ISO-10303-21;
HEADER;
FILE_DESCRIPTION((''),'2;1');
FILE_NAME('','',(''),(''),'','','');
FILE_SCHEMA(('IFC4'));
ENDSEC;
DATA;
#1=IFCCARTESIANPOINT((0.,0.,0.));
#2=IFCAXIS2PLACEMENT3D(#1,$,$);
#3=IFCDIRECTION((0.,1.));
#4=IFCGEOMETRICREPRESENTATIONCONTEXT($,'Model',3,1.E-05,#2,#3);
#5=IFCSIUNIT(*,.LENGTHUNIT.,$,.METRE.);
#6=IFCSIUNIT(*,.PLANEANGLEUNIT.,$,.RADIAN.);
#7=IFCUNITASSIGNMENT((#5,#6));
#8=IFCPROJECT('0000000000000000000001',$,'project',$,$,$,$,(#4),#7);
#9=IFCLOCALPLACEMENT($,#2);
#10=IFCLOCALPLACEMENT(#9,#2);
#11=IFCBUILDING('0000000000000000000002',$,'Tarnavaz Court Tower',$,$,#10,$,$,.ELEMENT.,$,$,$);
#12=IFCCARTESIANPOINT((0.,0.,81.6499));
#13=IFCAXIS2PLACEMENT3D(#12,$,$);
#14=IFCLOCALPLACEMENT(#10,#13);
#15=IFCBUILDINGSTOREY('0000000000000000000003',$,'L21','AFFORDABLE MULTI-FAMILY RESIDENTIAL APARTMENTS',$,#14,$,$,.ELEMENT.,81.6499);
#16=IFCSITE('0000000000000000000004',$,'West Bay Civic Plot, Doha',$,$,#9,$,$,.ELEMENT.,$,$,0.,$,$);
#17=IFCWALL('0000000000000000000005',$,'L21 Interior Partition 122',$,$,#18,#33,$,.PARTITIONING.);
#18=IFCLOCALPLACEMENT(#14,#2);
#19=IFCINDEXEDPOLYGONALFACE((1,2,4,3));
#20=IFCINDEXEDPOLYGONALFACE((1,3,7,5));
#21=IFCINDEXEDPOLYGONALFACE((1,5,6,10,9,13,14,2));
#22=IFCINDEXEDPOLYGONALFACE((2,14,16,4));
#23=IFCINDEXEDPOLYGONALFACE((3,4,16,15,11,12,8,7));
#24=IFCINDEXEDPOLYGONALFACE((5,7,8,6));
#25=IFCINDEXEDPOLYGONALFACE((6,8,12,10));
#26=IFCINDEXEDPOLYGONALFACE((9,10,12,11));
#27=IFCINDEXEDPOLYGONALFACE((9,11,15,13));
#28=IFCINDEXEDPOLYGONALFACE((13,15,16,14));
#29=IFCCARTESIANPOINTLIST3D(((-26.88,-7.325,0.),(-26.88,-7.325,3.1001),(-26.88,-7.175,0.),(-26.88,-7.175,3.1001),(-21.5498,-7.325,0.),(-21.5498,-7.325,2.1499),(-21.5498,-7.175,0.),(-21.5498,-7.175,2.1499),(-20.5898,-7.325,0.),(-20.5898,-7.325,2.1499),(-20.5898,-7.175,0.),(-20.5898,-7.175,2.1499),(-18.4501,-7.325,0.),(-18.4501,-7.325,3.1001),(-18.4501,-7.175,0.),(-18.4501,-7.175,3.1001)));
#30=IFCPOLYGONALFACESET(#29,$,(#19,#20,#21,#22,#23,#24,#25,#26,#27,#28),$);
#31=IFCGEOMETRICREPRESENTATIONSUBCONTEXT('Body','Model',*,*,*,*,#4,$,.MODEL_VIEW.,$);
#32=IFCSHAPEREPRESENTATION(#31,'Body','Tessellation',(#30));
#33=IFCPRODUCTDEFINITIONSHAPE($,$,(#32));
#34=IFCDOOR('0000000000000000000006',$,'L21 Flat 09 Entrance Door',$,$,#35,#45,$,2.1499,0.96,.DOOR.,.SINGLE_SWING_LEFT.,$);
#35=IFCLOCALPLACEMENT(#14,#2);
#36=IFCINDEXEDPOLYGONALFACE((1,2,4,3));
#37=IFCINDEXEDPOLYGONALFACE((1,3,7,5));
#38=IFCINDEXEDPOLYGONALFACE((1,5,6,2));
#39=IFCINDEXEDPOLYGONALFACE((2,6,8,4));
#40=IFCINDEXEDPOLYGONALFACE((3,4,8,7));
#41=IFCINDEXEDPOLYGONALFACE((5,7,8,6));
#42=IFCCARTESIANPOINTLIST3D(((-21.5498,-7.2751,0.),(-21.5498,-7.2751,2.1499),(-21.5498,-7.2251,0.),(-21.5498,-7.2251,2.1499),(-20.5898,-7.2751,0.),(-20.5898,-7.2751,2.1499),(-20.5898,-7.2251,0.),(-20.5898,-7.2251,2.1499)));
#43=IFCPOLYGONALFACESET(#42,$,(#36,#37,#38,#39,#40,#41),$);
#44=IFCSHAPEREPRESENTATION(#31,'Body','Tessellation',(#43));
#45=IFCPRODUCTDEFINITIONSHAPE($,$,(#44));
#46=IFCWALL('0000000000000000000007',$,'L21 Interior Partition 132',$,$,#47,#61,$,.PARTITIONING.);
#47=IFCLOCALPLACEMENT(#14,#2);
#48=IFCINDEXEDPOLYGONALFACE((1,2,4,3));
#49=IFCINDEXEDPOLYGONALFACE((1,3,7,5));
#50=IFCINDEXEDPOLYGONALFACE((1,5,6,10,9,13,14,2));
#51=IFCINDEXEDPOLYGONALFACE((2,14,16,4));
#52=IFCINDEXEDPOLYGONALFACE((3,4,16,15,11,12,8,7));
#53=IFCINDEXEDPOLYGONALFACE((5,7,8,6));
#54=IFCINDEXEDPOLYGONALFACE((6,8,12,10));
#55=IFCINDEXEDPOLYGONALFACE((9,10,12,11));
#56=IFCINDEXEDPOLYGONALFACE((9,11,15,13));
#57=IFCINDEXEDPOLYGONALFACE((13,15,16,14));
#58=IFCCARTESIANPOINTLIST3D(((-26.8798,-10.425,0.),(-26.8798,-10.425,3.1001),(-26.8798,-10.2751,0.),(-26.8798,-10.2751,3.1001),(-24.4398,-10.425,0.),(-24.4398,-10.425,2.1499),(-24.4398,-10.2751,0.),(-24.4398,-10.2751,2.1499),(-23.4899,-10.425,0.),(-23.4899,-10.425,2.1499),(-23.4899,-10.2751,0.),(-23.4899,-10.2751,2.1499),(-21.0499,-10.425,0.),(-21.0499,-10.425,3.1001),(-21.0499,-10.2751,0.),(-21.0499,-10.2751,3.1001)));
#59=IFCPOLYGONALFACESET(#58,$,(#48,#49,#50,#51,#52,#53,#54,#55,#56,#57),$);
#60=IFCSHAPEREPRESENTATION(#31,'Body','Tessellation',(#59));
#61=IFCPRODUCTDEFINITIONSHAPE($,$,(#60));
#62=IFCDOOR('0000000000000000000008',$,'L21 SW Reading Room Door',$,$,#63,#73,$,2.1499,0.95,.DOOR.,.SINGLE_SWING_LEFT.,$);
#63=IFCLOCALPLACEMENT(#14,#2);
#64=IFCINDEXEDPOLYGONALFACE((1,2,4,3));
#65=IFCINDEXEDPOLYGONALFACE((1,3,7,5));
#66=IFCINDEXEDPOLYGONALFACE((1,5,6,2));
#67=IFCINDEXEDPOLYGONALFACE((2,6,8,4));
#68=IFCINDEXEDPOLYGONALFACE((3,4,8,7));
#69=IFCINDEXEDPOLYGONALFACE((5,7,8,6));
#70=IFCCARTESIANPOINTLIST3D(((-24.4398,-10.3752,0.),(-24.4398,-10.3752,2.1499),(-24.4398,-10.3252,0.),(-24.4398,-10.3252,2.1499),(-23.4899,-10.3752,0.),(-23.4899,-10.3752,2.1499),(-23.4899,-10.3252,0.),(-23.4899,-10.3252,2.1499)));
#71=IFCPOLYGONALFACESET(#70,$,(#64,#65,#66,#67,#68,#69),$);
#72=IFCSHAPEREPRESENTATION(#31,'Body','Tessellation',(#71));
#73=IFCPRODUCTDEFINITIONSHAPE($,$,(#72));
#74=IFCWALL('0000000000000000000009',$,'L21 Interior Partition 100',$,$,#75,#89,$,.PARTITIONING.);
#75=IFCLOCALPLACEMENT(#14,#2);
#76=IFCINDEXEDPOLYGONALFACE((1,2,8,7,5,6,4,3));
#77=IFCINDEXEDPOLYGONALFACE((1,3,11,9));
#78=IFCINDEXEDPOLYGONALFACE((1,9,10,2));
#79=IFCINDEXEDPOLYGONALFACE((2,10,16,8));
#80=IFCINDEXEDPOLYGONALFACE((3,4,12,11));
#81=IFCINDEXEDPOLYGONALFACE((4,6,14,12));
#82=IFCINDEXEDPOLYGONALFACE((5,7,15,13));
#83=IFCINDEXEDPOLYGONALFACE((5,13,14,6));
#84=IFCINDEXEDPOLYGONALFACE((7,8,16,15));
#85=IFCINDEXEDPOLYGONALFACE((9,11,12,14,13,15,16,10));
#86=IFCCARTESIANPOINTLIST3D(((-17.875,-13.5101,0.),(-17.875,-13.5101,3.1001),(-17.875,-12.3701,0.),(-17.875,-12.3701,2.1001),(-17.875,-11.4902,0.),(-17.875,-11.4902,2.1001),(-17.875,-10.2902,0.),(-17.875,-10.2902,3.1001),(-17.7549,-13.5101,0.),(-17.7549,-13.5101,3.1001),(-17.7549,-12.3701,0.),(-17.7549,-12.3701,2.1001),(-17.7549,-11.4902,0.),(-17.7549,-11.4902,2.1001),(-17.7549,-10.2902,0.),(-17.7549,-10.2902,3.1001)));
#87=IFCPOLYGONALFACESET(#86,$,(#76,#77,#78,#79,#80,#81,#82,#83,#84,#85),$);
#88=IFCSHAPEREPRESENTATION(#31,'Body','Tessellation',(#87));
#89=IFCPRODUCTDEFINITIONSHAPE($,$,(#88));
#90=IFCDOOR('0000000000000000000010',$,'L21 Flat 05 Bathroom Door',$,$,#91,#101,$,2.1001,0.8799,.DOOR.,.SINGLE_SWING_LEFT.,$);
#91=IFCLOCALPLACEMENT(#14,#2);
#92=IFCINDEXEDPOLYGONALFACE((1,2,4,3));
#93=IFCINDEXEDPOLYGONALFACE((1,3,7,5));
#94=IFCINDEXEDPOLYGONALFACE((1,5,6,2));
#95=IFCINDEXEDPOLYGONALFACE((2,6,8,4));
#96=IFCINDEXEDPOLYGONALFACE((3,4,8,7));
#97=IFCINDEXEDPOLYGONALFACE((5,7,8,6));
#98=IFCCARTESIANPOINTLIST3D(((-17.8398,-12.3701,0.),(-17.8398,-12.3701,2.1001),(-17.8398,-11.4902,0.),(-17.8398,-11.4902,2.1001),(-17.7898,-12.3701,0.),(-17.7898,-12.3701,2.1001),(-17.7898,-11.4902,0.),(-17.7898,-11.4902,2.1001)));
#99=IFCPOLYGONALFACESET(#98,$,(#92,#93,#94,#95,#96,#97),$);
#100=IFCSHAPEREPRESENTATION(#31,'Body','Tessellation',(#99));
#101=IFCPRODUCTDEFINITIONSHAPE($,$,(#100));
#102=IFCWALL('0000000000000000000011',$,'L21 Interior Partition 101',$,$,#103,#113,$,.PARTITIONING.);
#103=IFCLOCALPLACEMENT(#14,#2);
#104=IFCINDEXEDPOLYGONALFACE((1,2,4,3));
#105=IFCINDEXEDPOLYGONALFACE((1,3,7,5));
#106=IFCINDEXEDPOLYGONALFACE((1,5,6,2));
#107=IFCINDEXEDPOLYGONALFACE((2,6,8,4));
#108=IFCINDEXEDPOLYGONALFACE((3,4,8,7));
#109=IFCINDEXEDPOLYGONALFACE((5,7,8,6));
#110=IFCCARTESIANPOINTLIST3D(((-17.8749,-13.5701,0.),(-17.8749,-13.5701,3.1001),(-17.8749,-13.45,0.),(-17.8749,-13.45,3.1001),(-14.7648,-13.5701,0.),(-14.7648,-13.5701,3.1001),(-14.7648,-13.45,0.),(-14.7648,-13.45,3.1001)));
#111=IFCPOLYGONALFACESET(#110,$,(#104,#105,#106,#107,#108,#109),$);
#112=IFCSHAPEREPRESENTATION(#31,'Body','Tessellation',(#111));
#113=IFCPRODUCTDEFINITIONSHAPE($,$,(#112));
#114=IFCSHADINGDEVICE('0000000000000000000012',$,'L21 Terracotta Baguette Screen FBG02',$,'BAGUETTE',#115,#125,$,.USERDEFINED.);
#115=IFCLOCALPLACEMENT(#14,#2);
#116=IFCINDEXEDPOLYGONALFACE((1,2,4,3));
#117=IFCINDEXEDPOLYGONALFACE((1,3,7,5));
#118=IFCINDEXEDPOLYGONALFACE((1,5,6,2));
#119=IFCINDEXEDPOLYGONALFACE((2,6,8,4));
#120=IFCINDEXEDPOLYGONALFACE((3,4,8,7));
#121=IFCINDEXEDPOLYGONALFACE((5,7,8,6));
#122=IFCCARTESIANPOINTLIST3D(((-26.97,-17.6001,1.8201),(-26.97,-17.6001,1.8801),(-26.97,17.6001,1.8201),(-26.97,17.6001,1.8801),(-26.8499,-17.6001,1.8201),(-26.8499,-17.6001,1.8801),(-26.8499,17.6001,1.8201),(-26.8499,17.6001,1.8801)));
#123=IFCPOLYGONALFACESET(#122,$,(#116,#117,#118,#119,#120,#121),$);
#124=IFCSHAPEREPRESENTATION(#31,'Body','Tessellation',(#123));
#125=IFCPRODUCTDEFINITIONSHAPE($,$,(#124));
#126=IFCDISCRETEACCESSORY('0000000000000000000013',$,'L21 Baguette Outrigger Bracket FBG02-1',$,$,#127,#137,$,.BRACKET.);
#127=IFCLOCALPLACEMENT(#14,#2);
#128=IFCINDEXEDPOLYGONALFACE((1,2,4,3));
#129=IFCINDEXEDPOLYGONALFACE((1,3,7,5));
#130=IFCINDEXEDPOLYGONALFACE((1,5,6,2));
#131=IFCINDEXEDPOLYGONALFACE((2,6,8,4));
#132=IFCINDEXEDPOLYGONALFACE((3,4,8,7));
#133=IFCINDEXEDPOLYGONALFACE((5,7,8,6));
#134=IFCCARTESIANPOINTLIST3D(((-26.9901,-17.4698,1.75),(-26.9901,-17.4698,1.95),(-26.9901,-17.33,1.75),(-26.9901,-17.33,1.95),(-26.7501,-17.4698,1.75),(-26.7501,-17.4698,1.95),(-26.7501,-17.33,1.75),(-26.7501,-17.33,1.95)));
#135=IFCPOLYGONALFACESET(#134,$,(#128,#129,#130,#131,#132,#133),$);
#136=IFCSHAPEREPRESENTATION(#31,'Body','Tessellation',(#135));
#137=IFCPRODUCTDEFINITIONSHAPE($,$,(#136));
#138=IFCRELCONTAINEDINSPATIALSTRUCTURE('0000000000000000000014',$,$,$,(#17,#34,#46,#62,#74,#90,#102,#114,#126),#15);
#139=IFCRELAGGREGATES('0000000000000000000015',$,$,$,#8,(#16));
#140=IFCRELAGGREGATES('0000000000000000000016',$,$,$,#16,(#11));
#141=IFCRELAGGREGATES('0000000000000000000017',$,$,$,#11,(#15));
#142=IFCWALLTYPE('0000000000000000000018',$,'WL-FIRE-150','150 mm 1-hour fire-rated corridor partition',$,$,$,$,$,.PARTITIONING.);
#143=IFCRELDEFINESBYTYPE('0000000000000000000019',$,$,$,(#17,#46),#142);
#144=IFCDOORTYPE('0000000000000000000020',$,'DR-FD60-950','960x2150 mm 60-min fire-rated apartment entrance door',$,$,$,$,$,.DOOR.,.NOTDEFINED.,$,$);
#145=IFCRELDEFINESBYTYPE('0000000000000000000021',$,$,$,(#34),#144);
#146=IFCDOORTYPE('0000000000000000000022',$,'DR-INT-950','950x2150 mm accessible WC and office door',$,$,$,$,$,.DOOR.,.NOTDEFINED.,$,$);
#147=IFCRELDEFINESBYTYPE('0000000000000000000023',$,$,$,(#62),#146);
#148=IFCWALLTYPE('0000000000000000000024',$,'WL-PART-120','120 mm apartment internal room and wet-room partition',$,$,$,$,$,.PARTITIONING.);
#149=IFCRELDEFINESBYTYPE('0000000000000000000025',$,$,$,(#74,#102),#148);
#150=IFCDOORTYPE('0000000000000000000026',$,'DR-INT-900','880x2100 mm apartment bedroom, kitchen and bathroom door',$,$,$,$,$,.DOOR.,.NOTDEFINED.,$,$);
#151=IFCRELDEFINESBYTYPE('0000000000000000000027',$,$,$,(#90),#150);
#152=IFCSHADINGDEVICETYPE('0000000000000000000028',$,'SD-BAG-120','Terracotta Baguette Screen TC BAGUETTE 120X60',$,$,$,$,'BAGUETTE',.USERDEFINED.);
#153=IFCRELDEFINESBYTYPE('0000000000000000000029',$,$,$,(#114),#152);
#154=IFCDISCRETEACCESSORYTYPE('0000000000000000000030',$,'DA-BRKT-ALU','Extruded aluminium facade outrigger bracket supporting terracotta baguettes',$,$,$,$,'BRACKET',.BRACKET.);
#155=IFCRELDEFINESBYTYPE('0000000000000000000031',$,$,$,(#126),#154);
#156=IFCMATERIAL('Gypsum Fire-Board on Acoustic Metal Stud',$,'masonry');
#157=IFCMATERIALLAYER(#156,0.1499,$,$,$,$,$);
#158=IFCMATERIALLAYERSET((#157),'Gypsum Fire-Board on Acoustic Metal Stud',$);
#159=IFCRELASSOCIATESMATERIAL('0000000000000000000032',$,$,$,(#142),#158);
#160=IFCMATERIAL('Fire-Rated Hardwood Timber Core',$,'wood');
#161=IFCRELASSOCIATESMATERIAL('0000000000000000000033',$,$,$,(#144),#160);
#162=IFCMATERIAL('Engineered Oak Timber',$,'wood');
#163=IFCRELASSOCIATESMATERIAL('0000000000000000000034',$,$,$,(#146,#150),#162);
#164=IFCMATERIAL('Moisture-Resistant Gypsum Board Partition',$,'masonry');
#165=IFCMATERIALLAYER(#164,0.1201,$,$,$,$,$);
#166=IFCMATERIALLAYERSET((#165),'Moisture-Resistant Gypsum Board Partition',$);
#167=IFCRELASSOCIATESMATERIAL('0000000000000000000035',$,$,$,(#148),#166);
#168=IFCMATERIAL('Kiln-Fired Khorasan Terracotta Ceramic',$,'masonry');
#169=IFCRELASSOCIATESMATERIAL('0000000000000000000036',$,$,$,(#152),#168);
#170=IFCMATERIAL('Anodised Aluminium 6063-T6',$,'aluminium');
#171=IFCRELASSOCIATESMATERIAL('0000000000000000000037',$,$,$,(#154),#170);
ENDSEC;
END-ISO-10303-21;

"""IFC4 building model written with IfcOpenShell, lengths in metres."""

from ifc_helpers import new_model, si_unit, direction, frame, frame_2d, origin, origin_2d, place, context, subcontext, project, spatial, rectangle, extrude, material, layer, layer_set, material_profile, profile_set, type_object, element, fill, save


model = new_model("IFC4")

# Units and contexts
model_context = context("Model", 3, precision=1e-05, world=origin(), true_north=direction((0.0, 1.0)))
body_context = subcontext(model_context, "Body", "Model", "MODEL_VIEW")
ifc_project = project(units=[si_unit("LENGTHUNIT", "METRE"), si_unit("PLANEANGLEUNIT", "RADIAN")], contexts=[model_context])

# Site, building, storey
site_placement = place(None, origin())
site = spatial("IfcSite", under=ifc_project, at=site_placement, Name="West Bay Civic Plot, Doha", CompositionType="ELEMENT", RefElevation=0.0)
building_placement = place(site_placement, origin())
building = spatial("IfcBuilding", under=site, at=building_placement, Name="Tarnavaz Court Tower", CompositionType="ELEMENT")
storey_placement = place(building_placement, frame((0.0, 0.0, 81.6499)))
storey = spatial("IfcBuildingStorey", under=building, at=storey_placement, Name="L21", Description="AFFORDABLE MULTI-FAMILY RESIDENTIAL APARTMENTS", CompositionType="ELEMENT", Elevation=81.6499)

# Shared definitions
ifc_material_1 = material(Name="Gypsum Fire-Board on Acoustic Metal Stud", Category="masonry")
ifc_layer_1 = layer(ifc_material_1, 0.1499)
ifc_layer_set_1 = layer_set([ifc_layer_1], Name="Gypsum Fire-Board on Acoustic Metal Stud")
wall_type_1 = type_object("IfcWallType", Name="WL-FIRE-150", Description="150 mm 1-hour fire-rated corridor partition", PredefinedType="PARTITIONING", material=ifc_layer_set_1)
ifc_material_2 = material(Name="Fire-Rated Hardwood Timber Core", Category="wood")
door_type_1 = type_object("IfcDoorType", Name="DR-FD60-950", Description="960x2150 mm 60-min fire-rated apartment entrance door", OperationType="NOTDEFINED", PredefinedType="DOOR", material=ifc_material_2)

# Walls, openings, doors
wall_1_placement = place(storey_placement, frame((-26.8799, -7.25, 0.0), z_axis=(0.0, 0.0, 1.0), x_axis=(1.0, 0.0, 0.0)))
wall_1 = element("IfcWall", 1, at=wall_1_placement, inside=storey, type_object=wall_type_1, Name="L21 Interior Partition 122", PredefinedType="PARTITIONING", context=body_context, shape_type="SweptSolid", body=[
    extrude(rectangle(XDim=8.4299, YDim=0.1499, at=frame_2d((4.2148, 0.0))), origin(), (0.0, 0.0, 1.0), 3.1001),
])
opening_1_placement = place(wall_1_placement, frame((5.3301, 0.0, 0.0)))
opening_1 = element("IfcOpeningElement", 2, at=opening_1_placement, cuts=wall_1, PredefinedType="OPENING", context=body_context, shape_type="SweptSolid", body=[
    extrude(rectangle(XDim=0.96, YDim=2.1499, at=frame_2d((0.48, 1.075))), frame((0.0, 0.085, 0.0), z_axis=(0.0, -1.0, 0.0), x_axis=(1.0, 0.0, 0.0)), (0.0, 0.0, 1.0), 0.1699),
])
door_1_placement = place(opening_1_placement, origin())
door_1 = element("IfcDoor", 3, at=door_1_placement, inside=storey, type_object=door_type_1, Name="L21 Flat 09 Entrance Door", OperationType="SINGLE_SWING_LEFT", OverallHeight=2.1499, OverallWidth=0.96, PredefinedType="DOOR", context=body_context, shape_type="SweptSolid", body=[
    extrude(rectangle(XDim=0.96, YDim=2.1499, at=frame_2d((0.48, 1.075))), frame((0.0, 0.0249, 0.0), z_axis=(0.0, -1.0, 0.0), x_axis=(1.0, 0.0, 0.0)), (0.0, 0.0, 1.0), 0.05),
])
fill(opening_1, door_1)
wall_2_placement = place(storey_placement, frame((-26.8799, -10.3501, 0.0), z_axis=(0.0, 0.0, 1.0), x_axis=(1.0, 0.0, 0.0)))
wall_2 = element("IfcWall", 4, at=wall_2_placement, inside=storey, type_object=wall_type_1, Name="L21 Interior Partition 132", PredefinedType="PARTITIONING", context=body_context, shape_type="SweptSolid", body=[
    extrude(rectangle(XDim=5.8298, YDim=0.1499, at=frame_2d((2.915, 0.0))), origin(), (0.0, 0.0, 1.0), 3.1001),
])
opening_2_placement = place(wall_2_placement, frame((2.4399, 0.0, 0.0)))
opening_2 = element("IfcOpeningElement", 5, at=opening_2_placement, cuts=wall_2, PredefinedType="OPENING", context=body_context, shape_type="SweptSolid", body=[
    extrude(rectangle(XDim=0.95, YDim=2.1499, at=frame_2d((0.4751, 1.075))), frame((0.0, 0.085, 0.0), z_axis=(0.0, -1.0, 0.0), x_axis=(1.0, 0.0, 0.0)), (0.0, 0.0, 1.0), 0.1699),
])
ifc_material_3 = material(Name="Engineered Oak Timber", Category="wood")
door_type_2 = type_object("IfcDoorType", Name="DR-INT-950", Description="950x2150 mm accessible WC and office door", OperationType="NOTDEFINED", PredefinedType="DOOR", material=ifc_material_3)
door_2_placement = place(opening_2_placement, origin())
door_2 = element("IfcDoor", 6, at=door_2_placement, inside=storey, type_object=door_type_2, Name="L21 SW Reading Room Door", OperationType="SINGLE_SWING_LEFT", OverallHeight=2.1499, OverallWidth=0.95, PredefinedType="DOOR", context=body_context, shape_type="SweptSolid", body=[
    extrude(rectangle(XDim=0.95, YDim=2.1499, at=frame_2d((0.4751, 1.075))), frame((0.0, 0.0249, 0.0), z_axis=(0.0, -1.0, 0.0), x_axis=(1.0, 0.0, 0.0)), (0.0, 0.0, 1.0), 0.05),
])
fill(opening_2, door_2)
ifc_material_4 = material(Name="Moisture-Resistant Gypsum Board Partition", Category="masonry")
ifc_layer_2 = layer(ifc_material_4, 0.1201)
ifc_layer_set_2 = layer_set([ifc_layer_2], Name="Moisture-Resistant Gypsum Board Partition")
wall_type_2 = type_object("IfcWallType", Name="WL-PART-120", Description="120 mm apartment internal room and wet-room partition", PredefinedType="PARTITIONING", material=ifc_layer_set_2)
wall_3_placement = place(storey_placement, frame((-17.8149, -13.51, 0.0), z_axis=(0.0, 0.0, 1.0), x_axis=(0.0, 1.0, 0.0)))
wall_3 = element("IfcWall", 7, at=wall_3_placement, inside=storey, type_object=wall_type_2, Name="L21 Interior Partition 100", PredefinedType="PARTITIONING", context=body_context, shape_type="SweptSolid", body=[
    extrude(rectangle(XDim=3.22, YDim=0.1201, at=frame_2d((1.6099, 0.0))), origin(), (0.0, 0.0, 1.0), 3.1001),
])
opening_3_placement = place(wall_3_placement, frame((1.1399, 0.0, 0.0)))
opening_3 = element("IfcOpeningElement", 8, at=opening_3_placement, cuts=wall_3, PredefinedType="OPENING", context=body_context, shape_type="SweptSolid", body=[
    extrude(rectangle(XDim=0.8799, YDim=2.1001, at=frame_2d((0.4399, 1.05))), frame((0.0, 0.0701, 0.0), z_axis=(0.0, -1.0, 0.0), x_axis=(1.0, 0.0, 0.0)), (0.0, 0.0, 1.0), 0.1401),
])
door_type_3 = type_object("IfcDoorType", Name="DR-INT-900", Description="880x2100 mm apartment bedroom, kitchen and bathroom door", OperationType="NOTDEFINED", PredefinedType="DOOR", material=ifc_material_3)
door_3_placement = place(opening_3_placement, origin())
door_3 = element("IfcDoor", 9, at=door_3_placement, inside=storey, type_object=door_type_3, Name="L21 Flat 05 Bathroom Door", OperationType="SINGLE_SWING_LEFT", OverallHeight=2.1001, OverallWidth=0.8799, PredefinedType="DOOR", context=body_context, shape_type="SweptSolid", body=[
    extrude(rectangle(XDim=0.8799, YDim=2.1001, at=frame_2d((0.4399, 1.05))), frame((0.0, 0.0249, 0.0), z_axis=(0.0, -1.0, 0.0), x_axis=(1.0, 0.0, 0.0)), (0.0, 0.0, 1.0), 0.05),
])
fill(opening_3, door_3)

# Wall
wall_4_placement = place(storey_placement, frame((-17.875, -13.51, 0.0), z_axis=(0.0, 0.0, 1.0), x_axis=(1.0, 0.0, 0.0)))
element("IfcWall", 10, at=wall_4_placement, inside=storey, type_object=wall_type_2, Name="L21 Interior Partition 101", PredefinedType="PARTITIONING", context=body_context, shape_type="SweptSolid", body=[
    extrude(rectangle(XDim=3.1101, YDim=0.1201, at=frame_2d((1.5552, 0.0))), origin(), (0.0, 0.0, 1.0), 3.1001),
])

# Shading device
ifc_material_5 = material(Name="Kiln-Fired Khorasan Terracotta Ceramic", Category="masonry")
ifc_material_profile_1 = material_profile(ifc_material_5, rectangle(XDim=0.1201, YDim=0.0601, at=origin_2d()), Name="TC BAGUETTE 120X60")
ifc_profile_set_1 = profile_set([ifc_material_profile_1], Name="Kiln-Fired Khorasan Terracotta Ceramic")
shading_device_type = type_object("IfcShadingDeviceType", Name="SD-BAG-120", Description="Terracotta Baguette Screen TC BAGUETTE 120X60", ElementType="BAGUETTE", PredefinedType="USERDEFINED", material=ifc_profile_set_1)
shading_device_placement = place(storey_placement, frame((-26.9099, -17.6001, 1.8501), z_axis=(0.0, 1.0, 0.0), x_axis=(-1.0, 0.0, 0.0)))
element("IfcShadingDevice", 11, at=shading_device_placement, inside=storey, type_object=shading_device_type, Name="L21 Terracotta Baguette Screen FBG02", ObjectType="BAGUETTE", PredefinedType="USERDEFINED", context=body_context, shape_type="SweptSolid", body=[
    extrude(rectangle(XDim=0.1201, YDim=0.0601, at=origin_2d()), origin(), (0.0, 0.0, 1.0), 35.2002),
])

# Discrete accessory
ifc_material_6 = material(Name="Anodised Aluminium 6063-T6", Category="aluminium")
discrete_accessory_type = type_object("IfcDiscreteAccessoryType", Name="DA-BRKT-ALU", Description="Extruded aluminium facade outrigger bracket supporting terracotta baguettes", ElementType="BRACKET", PredefinedType="BRACKET", material=ifc_material_6)
discrete_accessory_placement = place(storey_placement, frame((-26.8701, -17.3999, 1.75), z_axis=(0.0, 0.0, 1.0), x_axis=(0.0, 1.0, 0.0)))
element("IfcDiscreteAccessory", 12, at=discrete_accessory_placement, inside=storey, type_object=discrete_accessory_type, Name="L21 Baguette Outrigger Bracket FBG02-1", PredefinedType="BRACKET", context=body_context, shape_type="SweptSolid", body=[
    extrude(rectangle(XDim=0.1399, YDim=0.24, at=origin_2d()), origin(), (0.0, 0.0, 1.0), 0.2),
])

save(model, "model.ifc")
